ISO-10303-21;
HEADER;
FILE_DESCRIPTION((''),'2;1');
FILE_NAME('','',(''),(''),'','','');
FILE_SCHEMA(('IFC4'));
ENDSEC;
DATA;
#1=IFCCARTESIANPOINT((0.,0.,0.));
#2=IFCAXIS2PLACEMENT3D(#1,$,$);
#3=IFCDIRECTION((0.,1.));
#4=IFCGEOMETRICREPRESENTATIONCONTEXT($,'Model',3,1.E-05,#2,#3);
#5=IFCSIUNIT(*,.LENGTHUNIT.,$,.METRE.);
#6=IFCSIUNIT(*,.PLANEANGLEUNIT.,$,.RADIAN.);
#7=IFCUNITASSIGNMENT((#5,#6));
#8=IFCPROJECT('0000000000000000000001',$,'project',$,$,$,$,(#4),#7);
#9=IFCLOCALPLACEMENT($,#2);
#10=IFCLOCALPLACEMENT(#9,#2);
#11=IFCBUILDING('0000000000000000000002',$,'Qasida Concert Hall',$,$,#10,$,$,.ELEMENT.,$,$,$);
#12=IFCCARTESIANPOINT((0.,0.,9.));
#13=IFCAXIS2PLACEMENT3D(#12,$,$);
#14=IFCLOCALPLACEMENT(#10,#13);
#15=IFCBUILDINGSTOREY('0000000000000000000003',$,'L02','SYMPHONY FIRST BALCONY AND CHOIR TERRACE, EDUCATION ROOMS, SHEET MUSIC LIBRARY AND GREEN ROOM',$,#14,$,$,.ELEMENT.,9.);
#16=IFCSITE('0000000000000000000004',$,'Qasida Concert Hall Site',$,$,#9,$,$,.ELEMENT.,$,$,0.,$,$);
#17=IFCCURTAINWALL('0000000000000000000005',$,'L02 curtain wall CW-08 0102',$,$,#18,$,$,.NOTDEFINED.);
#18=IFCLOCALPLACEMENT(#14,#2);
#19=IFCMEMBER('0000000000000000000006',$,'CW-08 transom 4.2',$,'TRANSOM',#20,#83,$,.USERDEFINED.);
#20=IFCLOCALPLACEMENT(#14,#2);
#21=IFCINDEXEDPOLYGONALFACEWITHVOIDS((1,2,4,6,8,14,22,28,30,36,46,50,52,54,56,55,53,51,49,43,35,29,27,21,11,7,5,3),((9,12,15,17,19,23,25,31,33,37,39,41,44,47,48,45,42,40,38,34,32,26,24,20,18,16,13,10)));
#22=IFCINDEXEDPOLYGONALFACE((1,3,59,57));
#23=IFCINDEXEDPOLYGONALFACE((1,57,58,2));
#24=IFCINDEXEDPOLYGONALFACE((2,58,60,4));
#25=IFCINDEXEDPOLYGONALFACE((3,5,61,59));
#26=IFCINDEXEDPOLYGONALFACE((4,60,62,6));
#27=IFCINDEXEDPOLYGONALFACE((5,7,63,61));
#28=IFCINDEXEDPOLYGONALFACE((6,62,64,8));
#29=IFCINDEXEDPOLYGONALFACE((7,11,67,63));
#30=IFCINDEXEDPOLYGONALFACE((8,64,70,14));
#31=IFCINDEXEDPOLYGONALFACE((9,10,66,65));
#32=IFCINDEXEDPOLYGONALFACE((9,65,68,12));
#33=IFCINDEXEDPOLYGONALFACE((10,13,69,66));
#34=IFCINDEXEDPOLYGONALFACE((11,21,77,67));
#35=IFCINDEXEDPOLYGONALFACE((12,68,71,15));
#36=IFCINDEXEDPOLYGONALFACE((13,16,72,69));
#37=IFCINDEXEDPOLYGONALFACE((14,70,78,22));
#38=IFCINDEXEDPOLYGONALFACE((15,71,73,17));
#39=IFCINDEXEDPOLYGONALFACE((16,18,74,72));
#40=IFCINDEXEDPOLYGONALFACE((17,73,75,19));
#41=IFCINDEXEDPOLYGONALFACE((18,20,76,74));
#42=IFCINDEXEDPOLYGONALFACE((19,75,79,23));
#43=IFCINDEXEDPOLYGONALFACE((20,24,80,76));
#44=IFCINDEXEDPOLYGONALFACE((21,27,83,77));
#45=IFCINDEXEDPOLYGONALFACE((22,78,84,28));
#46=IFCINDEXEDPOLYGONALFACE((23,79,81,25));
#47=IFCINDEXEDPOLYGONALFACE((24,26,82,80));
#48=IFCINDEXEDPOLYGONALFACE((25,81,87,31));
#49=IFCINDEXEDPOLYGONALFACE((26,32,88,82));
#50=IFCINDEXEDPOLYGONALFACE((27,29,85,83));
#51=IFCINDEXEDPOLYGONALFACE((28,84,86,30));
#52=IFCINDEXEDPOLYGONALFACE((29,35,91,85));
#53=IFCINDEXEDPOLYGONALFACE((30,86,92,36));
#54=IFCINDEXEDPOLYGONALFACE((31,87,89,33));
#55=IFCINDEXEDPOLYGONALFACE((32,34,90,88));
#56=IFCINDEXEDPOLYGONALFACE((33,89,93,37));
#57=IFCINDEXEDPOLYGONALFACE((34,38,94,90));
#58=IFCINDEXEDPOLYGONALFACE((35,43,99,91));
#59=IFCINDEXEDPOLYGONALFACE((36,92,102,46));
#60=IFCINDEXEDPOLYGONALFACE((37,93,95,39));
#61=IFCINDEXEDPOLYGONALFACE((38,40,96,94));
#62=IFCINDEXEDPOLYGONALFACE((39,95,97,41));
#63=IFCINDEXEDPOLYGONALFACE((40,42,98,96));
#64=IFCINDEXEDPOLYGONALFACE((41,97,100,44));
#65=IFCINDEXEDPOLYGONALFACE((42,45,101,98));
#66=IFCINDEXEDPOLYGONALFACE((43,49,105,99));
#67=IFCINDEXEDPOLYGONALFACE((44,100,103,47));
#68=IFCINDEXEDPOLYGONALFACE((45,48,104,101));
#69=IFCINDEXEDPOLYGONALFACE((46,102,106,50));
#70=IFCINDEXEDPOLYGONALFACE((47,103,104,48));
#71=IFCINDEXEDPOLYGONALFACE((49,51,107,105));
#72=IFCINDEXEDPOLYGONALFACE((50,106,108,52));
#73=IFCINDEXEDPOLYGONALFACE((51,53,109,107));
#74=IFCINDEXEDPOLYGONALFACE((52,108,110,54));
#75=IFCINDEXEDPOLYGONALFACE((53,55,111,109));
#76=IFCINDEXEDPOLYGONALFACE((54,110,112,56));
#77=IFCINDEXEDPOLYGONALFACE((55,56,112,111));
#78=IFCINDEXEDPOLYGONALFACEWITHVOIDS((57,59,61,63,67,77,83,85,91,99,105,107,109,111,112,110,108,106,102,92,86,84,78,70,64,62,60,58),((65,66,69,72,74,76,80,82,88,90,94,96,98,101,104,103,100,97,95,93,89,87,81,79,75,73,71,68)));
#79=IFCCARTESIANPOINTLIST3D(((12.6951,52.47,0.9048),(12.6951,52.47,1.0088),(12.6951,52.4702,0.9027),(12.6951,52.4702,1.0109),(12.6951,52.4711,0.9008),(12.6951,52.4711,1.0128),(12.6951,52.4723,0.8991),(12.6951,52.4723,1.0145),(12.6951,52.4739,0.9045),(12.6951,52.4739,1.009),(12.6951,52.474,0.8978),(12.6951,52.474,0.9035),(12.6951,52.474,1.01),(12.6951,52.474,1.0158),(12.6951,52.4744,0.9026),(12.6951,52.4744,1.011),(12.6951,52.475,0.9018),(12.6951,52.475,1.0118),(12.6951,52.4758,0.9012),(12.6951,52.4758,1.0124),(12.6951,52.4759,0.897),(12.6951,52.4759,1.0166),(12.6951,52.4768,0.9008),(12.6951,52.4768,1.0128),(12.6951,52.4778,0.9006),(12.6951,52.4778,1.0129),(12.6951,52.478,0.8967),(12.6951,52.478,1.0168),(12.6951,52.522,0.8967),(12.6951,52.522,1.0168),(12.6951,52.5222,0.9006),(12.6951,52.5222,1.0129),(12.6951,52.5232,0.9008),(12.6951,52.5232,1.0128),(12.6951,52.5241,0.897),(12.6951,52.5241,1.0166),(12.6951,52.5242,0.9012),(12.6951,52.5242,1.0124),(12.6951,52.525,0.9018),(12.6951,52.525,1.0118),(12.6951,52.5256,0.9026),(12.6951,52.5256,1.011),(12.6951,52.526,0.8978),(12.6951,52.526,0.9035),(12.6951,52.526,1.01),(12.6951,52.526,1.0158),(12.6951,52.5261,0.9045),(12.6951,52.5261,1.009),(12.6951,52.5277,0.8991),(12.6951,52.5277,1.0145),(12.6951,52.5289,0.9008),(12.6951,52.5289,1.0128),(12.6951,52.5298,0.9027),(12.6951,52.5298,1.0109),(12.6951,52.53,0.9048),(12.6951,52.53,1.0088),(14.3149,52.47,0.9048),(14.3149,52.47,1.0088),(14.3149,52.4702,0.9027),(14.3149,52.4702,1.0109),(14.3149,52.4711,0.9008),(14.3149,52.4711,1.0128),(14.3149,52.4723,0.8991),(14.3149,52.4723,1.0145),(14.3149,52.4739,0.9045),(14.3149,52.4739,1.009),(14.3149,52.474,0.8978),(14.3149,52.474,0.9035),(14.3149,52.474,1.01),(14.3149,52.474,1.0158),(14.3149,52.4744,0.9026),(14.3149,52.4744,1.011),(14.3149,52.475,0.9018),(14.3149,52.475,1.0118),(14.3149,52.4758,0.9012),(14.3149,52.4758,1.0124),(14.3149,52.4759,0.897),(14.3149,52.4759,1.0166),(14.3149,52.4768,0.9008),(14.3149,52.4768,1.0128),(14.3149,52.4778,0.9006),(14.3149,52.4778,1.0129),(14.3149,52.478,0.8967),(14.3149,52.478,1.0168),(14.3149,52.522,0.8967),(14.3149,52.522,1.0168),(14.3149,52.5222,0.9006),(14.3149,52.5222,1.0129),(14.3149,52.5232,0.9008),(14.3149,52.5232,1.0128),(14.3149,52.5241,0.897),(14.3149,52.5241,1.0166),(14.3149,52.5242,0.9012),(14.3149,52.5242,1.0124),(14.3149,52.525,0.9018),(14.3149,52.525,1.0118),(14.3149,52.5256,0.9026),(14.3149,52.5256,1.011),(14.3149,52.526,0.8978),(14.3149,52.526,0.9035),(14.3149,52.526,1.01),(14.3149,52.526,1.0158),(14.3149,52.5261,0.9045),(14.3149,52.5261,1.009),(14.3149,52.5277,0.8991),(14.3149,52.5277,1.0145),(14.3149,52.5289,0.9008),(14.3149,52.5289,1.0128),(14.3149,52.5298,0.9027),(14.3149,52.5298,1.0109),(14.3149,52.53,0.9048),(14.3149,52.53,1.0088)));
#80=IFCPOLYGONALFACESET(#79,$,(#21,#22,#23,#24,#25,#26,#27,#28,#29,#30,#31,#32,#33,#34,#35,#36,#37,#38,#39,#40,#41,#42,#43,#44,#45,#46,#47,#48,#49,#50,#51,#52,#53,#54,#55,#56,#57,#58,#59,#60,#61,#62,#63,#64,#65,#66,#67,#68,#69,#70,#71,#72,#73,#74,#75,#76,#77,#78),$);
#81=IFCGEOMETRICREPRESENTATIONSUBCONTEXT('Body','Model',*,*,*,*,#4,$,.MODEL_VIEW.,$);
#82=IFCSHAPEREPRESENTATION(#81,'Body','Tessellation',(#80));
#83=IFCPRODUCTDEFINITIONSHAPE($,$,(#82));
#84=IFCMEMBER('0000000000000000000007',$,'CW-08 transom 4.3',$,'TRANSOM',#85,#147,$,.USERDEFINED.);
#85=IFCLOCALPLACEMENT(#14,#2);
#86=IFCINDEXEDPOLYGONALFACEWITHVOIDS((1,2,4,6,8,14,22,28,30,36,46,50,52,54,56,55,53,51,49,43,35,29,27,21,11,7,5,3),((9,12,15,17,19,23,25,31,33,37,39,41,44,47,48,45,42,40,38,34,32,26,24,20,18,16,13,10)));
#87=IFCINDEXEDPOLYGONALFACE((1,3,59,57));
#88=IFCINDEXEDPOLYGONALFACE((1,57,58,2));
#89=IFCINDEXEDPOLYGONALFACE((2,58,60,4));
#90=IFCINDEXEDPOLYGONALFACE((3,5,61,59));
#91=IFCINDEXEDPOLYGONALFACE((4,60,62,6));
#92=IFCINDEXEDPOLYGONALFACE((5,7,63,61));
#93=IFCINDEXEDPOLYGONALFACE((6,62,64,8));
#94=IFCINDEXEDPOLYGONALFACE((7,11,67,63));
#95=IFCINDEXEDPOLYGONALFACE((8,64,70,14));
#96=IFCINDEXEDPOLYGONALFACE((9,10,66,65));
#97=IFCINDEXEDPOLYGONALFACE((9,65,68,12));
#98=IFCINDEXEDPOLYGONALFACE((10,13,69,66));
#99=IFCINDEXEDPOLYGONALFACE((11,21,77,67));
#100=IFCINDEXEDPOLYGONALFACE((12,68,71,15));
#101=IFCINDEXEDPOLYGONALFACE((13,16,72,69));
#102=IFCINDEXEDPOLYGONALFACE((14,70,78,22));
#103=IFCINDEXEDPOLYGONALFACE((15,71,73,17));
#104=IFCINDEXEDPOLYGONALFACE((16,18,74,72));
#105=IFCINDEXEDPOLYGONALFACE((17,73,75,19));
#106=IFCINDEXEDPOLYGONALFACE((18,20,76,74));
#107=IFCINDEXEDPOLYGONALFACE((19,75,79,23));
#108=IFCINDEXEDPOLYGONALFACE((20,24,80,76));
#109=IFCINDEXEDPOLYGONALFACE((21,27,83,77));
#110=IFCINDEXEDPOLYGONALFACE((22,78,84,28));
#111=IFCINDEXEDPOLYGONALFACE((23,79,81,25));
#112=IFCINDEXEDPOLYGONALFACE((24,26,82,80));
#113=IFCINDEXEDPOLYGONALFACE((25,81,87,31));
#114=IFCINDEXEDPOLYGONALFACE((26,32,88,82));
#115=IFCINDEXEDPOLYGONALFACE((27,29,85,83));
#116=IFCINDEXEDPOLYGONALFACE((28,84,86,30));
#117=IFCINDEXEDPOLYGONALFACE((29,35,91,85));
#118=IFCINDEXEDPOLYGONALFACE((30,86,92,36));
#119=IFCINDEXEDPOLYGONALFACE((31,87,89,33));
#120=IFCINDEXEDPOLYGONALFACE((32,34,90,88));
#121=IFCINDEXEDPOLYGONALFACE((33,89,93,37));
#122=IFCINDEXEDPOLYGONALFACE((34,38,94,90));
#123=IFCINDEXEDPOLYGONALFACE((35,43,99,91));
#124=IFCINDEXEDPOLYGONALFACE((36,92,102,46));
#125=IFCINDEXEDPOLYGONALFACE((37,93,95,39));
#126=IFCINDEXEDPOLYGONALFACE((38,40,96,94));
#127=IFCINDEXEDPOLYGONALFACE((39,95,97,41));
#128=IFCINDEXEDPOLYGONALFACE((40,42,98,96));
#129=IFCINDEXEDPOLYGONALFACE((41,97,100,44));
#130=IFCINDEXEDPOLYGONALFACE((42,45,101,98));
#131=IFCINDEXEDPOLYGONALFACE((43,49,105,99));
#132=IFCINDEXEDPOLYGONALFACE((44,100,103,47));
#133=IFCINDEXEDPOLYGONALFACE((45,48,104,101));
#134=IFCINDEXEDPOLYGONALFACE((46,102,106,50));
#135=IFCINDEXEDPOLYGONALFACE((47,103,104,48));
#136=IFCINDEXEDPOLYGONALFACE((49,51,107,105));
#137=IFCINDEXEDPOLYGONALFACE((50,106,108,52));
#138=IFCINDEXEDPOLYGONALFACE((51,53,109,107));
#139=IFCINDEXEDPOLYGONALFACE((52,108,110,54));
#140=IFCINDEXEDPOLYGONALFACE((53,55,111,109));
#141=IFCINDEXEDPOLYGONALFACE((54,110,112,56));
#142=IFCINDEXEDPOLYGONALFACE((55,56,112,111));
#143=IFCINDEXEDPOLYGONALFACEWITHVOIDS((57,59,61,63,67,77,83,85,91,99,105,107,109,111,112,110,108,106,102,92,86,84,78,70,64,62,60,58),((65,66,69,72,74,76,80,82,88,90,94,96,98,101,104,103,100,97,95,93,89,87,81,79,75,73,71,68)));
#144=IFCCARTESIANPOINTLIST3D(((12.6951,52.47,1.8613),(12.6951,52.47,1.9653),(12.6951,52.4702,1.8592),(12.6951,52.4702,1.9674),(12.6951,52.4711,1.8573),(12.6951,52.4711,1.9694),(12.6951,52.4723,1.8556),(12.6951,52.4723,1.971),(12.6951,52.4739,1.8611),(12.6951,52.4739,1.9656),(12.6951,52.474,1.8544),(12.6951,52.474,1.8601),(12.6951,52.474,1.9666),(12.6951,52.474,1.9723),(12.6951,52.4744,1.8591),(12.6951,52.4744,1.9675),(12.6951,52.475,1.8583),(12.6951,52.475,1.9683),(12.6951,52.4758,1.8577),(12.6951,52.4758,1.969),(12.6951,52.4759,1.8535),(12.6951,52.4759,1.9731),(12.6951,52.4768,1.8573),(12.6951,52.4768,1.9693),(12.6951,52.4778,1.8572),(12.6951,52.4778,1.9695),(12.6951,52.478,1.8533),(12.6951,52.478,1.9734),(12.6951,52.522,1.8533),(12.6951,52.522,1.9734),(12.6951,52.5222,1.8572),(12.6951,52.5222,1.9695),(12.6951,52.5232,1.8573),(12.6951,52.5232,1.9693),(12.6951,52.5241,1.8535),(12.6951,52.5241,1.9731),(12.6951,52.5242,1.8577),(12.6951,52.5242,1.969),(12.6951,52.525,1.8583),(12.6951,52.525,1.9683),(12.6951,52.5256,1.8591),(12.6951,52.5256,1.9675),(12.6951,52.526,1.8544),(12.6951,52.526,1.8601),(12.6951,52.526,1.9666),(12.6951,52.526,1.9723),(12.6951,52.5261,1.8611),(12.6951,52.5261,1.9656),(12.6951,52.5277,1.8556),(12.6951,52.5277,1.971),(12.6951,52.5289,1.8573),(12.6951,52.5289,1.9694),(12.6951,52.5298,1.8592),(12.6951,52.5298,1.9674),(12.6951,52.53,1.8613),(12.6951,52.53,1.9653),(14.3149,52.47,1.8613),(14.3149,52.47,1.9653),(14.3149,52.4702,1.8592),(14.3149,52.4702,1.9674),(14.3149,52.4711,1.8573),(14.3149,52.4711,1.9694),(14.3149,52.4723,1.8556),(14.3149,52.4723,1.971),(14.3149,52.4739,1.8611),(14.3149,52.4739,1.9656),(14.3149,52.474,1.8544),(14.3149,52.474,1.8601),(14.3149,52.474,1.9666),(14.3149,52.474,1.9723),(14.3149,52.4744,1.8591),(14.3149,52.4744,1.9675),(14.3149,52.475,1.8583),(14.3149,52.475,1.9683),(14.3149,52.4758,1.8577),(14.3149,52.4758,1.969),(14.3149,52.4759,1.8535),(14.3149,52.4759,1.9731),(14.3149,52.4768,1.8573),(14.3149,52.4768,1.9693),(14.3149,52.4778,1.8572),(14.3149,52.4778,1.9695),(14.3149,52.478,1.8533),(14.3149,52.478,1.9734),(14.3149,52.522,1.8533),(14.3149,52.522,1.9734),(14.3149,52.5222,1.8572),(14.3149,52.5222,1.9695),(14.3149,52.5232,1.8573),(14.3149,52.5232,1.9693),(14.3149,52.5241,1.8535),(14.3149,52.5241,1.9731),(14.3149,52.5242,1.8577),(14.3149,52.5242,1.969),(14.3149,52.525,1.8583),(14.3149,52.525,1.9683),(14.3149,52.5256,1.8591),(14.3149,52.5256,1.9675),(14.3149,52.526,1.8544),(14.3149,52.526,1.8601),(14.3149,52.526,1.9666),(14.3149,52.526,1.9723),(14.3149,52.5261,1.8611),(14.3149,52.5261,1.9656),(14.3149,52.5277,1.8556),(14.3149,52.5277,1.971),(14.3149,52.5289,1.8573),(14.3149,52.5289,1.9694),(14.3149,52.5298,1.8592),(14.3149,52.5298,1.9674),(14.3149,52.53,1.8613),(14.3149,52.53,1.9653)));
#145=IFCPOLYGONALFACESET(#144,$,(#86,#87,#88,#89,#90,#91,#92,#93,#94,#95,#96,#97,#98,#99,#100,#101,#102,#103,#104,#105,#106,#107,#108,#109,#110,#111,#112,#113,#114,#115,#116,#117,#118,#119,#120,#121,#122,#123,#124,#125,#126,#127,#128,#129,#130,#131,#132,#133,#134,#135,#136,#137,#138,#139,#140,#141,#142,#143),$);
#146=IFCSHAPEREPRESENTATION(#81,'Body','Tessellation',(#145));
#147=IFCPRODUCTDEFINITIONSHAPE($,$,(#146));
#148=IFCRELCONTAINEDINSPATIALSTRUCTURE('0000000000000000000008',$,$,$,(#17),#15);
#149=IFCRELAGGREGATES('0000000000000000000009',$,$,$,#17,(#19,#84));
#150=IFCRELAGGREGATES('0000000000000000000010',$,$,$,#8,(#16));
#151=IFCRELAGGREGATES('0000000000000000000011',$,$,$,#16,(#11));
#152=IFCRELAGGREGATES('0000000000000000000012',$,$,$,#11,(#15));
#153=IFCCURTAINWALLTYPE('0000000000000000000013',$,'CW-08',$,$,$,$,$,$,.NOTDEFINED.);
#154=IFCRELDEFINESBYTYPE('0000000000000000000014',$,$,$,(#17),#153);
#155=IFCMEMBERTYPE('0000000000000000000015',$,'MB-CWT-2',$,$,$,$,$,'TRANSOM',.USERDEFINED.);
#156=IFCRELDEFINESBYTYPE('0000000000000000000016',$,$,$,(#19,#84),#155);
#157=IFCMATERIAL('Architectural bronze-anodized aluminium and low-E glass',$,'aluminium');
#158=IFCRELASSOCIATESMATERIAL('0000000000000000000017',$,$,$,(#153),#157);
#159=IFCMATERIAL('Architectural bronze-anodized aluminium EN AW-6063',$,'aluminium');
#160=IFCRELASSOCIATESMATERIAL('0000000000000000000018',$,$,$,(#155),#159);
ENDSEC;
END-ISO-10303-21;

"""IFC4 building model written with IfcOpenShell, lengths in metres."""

from ifc_helpers import new_model, si_unit, direction, frame, origin, origin_2d, place, context, subcontext, project, spatial, hollow_rectangle, extrude, material, material_profile, profile_set, type_object, element, aggregate, save


model = new_model("IFC4")

# Units and contexts
model_context = context("Model", 3, precision=1e-05, world=origin(), true_north=direction((0.0, 1.0)))
body_context = subcontext(model_context, "Body", "Model", "MODEL_VIEW")
ifc_project = project(units=[si_unit("LENGTHUNIT", "METRE"), si_unit("PLANEANGLEUNIT", "RADIAN")], contexts=[model_context])

# Site, building, storey
site_placement = place(None, origin())
site = spatial("IfcSite", under=ifc_project, at=site_placement, Name="Qasida Concert Hall Site", CompositionType="ELEMENT", RefElevation=0.0)
building_placement = place(site_placement, origin())
building = spatial("IfcBuilding", under=site, at=building_placement, Name="Qasida Concert Hall", CompositionType="ELEMENT")
storey_placement = place(building_placement, frame((0.0, 0.0, 9.0)))
storey = spatial("IfcBuildingStorey", under=building, at=storey_placement, Name="L02", Description="SYMPHONY FIRST BALCONY AND CHOIR TERRACE, EDUCATION ROOMS, SHEET MUSIC LIBRARY AND GREEN ROOM", CompositionType="ELEMENT", Elevation=9.0)

# Curtain wall
ifc_material_1 = material(Name="Architectural bronze-anodized aluminium and low-E glass", Category="aluminium")
curtain_wall_type = type_object("IfcCurtainWallType", Name="CW-08", PredefinedType="NOTDEFINED", material=ifc_material_1)
curtain_wall_1_placement = place(storey_placement, origin())
curtain_wall_1 = element("IfcCurtainWall", 1, at=curtain_wall_1_placement, inside=storey, type_object=curtain_wall_type, Name="L02 curtain wall CW-08 0102", PredefinedType="NOTDEFINED")
ifc_material_2 = material(Name="Architectural bronze-anodized aluminium EN AW-6063", Category="aluminium")

# Members
ifc_material_profile_1 = material_profile(ifc_material_2, hollow_rectangle(XDim=0.0601, YDim=0.1201, WallThickness=0.0039, InnerFilletRadius=0.0039, OuterFilletRadius=0.0081, at=origin_2d()), Name="CWT 120x60x4")
ifc_profile_set_1 = profile_set([ifc_material_profile_1], Name="Architectural bronze-anodized aluminium EN AW-6063")
member_type_1 = type_object("IfcMemberType", Name="MB-CWT-2", ElementType="TRANSOM", PredefinedType="USERDEFINED", material=ifc_profile_set_1)
member_1_placement = place(storey_placement, frame((12.6951, 52.5, 0.9568), z_axis=(1.0, 0.0, 0.0), x_axis=(0.0, 1.0, 0.0)))
member_1 = element("IfcMember", 2, at=member_1_placement, type_object=member_type_1, Name="CW-08 transom 4.2", ObjectType="TRANSOM", PredefinedType="USERDEFINED", context=body_context, shape_type="SweptSolid", body=[
    extrude(hollow_rectangle(XDim=0.0601, YDim=0.1201, WallThickness=0.0039, InnerFilletRadius=0.0039, OuterFilletRadius=0.0081, at=origin_2d()), origin(), (0.0, 0.0, 1.0), 1.6199),
])
member_2_placement = place(storey_placement, frame((12.6951, 52.5, 1.9133), z_axis=(1.0, 0.0, 0.0), x_axis=(0.0, 1.0, 0.0)))
member_2 = element("IfcMember", 3, at=member_2_placement, type_object=member_type_1, Name="CW-08 transom 4.3", ObjectType="TRANSOM", PredefinedType="USERDEFINED", context=body_context, shape_type="SweptSolid", body=[
    extrude(hollow_rectangle(XDim=0.0601, YDim=0.1201, WallThickness=0.0039, InnerFilletRadius=0.0039, OuterFilletRadius=0.0081, at=origin_2d()), origin(), (0.0, 0.0, 1.0), 1.6199),
])

aggregate(curtain_wall_1, [member_1, member_2])

save(model, "model.ifc")
